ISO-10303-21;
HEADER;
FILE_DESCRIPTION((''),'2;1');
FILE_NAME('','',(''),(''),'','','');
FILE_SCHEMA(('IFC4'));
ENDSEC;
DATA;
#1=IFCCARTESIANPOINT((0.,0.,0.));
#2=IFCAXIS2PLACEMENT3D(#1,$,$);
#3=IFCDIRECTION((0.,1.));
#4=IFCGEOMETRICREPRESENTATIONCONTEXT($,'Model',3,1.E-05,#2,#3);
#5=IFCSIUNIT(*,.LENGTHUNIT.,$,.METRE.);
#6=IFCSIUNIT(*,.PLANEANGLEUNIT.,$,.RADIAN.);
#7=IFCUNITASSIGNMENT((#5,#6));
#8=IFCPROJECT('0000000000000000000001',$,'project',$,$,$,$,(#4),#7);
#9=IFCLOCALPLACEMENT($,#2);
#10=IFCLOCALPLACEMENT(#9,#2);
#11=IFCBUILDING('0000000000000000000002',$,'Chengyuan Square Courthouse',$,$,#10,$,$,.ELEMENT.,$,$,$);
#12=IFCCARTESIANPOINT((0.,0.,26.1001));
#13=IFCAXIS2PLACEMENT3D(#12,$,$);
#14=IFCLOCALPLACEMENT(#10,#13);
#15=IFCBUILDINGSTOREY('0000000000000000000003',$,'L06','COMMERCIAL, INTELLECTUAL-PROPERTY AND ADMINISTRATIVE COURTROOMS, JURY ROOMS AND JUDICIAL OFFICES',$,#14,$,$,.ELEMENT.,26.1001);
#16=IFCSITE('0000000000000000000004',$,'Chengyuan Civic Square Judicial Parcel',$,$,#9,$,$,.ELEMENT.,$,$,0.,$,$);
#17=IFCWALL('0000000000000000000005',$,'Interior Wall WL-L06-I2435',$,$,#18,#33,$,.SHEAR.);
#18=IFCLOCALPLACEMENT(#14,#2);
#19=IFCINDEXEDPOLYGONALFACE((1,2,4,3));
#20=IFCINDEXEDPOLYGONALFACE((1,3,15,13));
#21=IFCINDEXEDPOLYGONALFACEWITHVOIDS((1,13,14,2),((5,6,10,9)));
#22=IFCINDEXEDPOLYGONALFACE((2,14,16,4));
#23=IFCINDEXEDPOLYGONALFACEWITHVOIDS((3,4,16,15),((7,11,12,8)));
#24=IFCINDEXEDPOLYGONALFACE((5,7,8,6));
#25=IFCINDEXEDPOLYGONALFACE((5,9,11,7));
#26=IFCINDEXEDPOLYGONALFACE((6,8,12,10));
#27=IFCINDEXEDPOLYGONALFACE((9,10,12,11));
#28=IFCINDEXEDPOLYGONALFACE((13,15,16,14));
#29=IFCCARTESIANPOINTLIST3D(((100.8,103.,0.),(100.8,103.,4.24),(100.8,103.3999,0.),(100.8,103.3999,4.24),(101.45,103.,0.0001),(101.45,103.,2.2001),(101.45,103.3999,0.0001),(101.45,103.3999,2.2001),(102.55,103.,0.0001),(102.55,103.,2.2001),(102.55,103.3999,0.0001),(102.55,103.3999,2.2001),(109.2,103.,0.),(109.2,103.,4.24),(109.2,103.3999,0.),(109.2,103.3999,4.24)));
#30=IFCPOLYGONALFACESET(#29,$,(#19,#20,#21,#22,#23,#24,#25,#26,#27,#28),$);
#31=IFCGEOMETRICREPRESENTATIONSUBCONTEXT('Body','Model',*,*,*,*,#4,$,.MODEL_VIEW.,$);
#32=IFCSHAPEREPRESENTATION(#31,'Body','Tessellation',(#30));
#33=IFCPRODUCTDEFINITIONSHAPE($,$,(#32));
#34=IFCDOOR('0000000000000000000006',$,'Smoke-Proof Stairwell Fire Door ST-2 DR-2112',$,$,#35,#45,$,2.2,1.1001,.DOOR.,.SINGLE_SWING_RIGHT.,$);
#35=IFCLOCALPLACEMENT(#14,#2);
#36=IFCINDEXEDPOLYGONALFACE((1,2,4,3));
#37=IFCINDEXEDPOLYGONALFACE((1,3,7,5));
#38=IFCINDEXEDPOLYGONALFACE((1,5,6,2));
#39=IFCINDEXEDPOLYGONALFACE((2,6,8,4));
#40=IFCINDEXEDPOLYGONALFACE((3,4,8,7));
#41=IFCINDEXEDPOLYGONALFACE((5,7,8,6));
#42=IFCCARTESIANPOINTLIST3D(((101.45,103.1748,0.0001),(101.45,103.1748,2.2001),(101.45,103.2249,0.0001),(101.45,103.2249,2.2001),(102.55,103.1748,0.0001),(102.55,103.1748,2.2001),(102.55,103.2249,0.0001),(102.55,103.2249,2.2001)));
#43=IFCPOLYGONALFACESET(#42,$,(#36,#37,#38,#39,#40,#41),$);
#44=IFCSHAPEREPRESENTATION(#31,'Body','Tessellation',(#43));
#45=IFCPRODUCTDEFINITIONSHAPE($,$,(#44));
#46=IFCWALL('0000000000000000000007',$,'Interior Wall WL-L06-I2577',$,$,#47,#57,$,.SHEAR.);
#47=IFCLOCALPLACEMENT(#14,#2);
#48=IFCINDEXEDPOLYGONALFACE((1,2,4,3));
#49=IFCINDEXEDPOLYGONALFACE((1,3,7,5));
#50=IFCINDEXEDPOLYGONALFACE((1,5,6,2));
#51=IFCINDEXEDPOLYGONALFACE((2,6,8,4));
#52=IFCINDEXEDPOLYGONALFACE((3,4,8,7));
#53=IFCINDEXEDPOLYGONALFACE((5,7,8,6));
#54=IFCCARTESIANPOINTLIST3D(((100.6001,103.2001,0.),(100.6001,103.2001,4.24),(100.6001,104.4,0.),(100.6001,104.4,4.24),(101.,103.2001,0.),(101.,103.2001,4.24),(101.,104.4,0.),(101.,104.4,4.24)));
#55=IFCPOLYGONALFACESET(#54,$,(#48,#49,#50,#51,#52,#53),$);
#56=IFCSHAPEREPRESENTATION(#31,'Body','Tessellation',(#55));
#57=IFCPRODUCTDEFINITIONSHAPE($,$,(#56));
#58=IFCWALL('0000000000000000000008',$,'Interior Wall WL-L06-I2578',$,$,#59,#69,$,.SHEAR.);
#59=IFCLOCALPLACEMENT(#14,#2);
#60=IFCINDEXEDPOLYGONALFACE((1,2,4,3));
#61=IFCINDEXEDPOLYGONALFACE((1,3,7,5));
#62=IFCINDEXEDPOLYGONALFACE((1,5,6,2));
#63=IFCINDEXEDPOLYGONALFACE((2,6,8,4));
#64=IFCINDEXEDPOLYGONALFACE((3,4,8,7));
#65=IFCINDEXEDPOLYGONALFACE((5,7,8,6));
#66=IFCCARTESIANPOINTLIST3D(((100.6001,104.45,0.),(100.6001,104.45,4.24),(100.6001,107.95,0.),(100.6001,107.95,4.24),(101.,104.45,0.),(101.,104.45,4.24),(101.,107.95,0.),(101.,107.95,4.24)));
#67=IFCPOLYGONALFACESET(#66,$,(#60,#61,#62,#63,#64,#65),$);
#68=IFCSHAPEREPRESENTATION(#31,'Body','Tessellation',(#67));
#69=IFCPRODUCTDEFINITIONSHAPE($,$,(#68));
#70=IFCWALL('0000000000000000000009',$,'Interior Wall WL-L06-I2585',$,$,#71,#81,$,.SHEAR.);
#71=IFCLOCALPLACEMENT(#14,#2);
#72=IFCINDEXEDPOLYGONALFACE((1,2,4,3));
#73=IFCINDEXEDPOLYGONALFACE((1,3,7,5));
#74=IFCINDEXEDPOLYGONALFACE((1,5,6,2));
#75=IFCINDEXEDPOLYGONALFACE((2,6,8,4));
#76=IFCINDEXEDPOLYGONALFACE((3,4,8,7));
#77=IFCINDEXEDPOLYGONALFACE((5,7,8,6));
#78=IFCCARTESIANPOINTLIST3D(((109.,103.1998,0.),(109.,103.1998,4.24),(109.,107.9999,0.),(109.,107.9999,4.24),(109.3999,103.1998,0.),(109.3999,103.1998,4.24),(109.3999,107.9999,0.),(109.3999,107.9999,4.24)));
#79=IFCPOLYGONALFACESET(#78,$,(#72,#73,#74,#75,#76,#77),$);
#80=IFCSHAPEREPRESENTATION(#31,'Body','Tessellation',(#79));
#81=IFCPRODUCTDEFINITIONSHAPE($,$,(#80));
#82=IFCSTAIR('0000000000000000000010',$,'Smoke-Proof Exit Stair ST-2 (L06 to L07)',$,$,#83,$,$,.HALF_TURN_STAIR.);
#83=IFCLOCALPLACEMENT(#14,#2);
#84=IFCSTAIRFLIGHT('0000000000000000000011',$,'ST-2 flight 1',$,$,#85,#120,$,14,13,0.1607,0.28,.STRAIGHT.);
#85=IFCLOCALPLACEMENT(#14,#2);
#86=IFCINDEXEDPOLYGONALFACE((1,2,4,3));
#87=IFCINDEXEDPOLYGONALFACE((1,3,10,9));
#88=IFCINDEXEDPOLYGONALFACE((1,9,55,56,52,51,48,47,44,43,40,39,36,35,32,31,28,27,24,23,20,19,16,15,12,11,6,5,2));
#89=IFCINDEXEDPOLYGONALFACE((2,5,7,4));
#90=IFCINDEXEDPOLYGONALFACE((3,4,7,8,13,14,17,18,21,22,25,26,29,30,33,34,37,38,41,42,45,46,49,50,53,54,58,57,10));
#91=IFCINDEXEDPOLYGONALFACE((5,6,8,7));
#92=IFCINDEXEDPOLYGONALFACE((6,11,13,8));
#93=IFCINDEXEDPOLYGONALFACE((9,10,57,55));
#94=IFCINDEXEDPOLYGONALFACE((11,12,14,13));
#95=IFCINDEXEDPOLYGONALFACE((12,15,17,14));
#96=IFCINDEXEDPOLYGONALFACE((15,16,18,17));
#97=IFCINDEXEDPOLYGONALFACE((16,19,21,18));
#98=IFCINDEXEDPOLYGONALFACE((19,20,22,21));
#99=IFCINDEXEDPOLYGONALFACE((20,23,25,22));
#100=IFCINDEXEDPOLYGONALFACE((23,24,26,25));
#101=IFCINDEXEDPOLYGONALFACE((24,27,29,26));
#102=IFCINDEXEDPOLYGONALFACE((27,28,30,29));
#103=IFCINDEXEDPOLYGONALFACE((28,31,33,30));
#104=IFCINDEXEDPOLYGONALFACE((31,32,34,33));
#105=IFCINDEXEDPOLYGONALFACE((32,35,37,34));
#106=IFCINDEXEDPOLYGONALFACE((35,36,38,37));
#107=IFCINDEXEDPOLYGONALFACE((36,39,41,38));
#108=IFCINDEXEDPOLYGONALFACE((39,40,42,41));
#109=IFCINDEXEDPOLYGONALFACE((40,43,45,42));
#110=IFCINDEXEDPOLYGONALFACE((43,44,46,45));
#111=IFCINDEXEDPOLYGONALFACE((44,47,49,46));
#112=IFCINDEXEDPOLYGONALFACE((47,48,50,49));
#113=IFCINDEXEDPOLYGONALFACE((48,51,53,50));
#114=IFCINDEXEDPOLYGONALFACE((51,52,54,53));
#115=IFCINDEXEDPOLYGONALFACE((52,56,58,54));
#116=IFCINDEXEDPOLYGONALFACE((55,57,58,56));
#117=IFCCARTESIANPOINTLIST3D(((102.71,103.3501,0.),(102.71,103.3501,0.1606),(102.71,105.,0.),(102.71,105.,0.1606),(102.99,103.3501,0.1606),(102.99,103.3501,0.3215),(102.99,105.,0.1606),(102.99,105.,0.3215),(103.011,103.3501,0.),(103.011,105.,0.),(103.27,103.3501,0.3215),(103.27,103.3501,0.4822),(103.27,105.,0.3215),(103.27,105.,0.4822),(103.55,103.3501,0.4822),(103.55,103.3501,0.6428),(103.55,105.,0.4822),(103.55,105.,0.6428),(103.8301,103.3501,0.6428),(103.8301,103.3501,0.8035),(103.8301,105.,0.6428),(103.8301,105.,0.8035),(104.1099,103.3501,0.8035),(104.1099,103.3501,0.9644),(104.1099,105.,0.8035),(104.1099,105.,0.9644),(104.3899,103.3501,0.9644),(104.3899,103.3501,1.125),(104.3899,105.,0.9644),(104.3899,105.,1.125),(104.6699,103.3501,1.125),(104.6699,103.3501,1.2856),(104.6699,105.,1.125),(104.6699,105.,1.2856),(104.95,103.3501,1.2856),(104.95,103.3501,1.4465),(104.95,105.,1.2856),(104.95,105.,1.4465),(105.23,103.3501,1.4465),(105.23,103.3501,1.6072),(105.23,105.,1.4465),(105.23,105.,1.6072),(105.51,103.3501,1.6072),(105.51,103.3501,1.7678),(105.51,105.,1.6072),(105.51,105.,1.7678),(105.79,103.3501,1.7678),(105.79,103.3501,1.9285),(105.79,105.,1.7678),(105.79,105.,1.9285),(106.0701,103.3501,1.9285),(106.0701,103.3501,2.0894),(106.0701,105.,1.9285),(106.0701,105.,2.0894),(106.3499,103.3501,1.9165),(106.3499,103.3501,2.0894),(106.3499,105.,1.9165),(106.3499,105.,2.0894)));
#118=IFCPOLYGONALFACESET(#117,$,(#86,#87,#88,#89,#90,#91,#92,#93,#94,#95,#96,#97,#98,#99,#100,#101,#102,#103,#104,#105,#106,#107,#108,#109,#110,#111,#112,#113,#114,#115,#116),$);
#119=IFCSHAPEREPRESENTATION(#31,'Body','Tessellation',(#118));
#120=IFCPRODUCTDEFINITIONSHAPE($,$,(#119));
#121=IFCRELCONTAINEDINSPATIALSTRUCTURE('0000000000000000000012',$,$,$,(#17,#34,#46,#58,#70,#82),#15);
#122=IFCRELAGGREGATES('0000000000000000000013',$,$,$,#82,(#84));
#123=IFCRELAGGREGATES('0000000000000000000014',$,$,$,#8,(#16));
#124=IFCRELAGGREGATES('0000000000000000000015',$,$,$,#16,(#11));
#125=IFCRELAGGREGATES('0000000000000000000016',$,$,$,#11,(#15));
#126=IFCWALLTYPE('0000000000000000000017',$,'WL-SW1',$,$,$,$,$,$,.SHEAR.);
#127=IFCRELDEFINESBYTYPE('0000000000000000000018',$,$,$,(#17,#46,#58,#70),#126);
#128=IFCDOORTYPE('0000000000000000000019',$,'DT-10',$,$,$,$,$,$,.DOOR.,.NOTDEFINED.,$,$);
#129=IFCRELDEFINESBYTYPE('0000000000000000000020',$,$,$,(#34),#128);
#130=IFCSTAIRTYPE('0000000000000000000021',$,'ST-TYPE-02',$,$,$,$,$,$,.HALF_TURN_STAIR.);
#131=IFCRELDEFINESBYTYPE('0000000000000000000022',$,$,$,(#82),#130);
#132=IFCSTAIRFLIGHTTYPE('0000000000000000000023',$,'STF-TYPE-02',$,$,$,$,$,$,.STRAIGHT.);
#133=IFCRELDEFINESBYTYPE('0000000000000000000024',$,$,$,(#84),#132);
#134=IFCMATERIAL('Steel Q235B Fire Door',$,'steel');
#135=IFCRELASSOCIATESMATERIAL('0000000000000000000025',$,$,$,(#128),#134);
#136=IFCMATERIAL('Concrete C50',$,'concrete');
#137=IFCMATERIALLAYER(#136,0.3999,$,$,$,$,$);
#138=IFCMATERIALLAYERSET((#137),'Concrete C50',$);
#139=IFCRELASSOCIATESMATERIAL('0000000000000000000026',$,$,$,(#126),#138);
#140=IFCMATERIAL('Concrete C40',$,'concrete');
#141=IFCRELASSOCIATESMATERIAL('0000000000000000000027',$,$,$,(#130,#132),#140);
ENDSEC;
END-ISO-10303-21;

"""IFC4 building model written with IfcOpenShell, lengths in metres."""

from ifc_helpers import new_model, si_unit, direction, frame, frame_2d, origin, place, context, subcontext, project, spatial, polyline, rectangle, outline, extrude, material, layer, layer_set, type_object, element, fill, aggregate, save


model = new_model("IFC4")

# Units and contexts
model_context = context("Model", 3, precision=1e-05, world=origin(), true_north=direction((0.0, 1.0)))
body_context = subcontext(model_context, "Body", "Model", "MODEL_VIEW")
ifc_project = project(units=[si_unit("LENGTHUNIT", "METRE"), si_unit("PLANEANGLEUNIT", "RADIAN")], contexts=[model_context])

# Site, building, storey
site_placement = place(None, origin())
site = spatial("IfcSite", under=ifc_project, at=site_placement, Name="Chengyuan Civic Square Judicial Parcel", CompositionType="ELEMENT", RefElevation=0.0)
building_placement = place(site_placement, origin())
building = spatial("IfcBuilding", under=site, at=building_placement, Name="Chengyuan Square Courthouse", CompositionType="ELEMENT")
storey_placement = place(building_placement, frame((0.0, 0.0, 26.1001)))
storey = spatial("IfcBuildingStorey", under=building, at=storey_placement, Name="L06", Description="COMMERCIAL, INTELLECTUAL-PROPERTY AND ADMINISTRATIVE COURTROOMS, JURY ROOMS AND JUDICIAL OFFICES", CompositionType="ELEMENT", Elevation=26.1001)

# Shared definitions
ifc_material_1 = material(Name="Concrete C50", Category="concrete")

# Shared definitions
ifc_material_2 = material(Name="Concrete C40", Category="concrete")

# Shared definitions
ifc_material_3 = material(Name="Steel Q235B Fire Door", Category="steel")
door_type_1 = type_object("IfcDoorType", Name="DT-10", OperationType="NOTDEFINED", PredefinedType="DOOR", material=ifc_material_3)

# Wall, opening, door
ifc_layer_1 = layer(ifc_material_1, 0.3999)
ifc_layer_set_1 = layer_set([ifc_layer_1], Name="Concrete C50")
wall_type_1 = type_object("IfcWallType", Name="WL-SW1", PredefinedType="SHEAR", material=ifc_layer_set_1)
wall_1_placement = place(storey_placement, frame((100.8, 103.2, 0.0), z_axis=(0.0, 0.0, 1.0), x_axis=(1.0, 0.0, 0.0)))
wall_1 = element("IfcWall", 1, at=wall_1_placement, inside=storey, type_object=wall_type_1, Name="Interior Wall WL-L06-I2435", PredefinedType="SHEAR", context=body_context, shape_type="SweptSolid", body=[
    extrude(rectangle(XDim=8.3999, YDim=0.3999, at=frame_2d((4.2, 0.0))), origin(), (0.0, 0.0, 1.0), 4.24),
])
opening_1_placement = place(wall_1_placement, frame((0.6499, 0.0, 0.0)))
opening_1 = element("IfcOpeningElement", 2, at=opening_1_placement, cuts=wall_1, PredefinedType="OPENING", context=body_context, shape_type="SweptSolid", body=[
    extrude(rectangle(XDim=1.1001, YDim=2.2, at=frame_2d((0.55, 1.1001))), frame((0.0, 0.2119, 0.0), z_axis=(0.0, -1.0, 0.0), x_axis=(1.0, 0.0, 0.0)), (0.0, 0.0, 1.0), 0.4238),
])
door_1_placement = place(opening_1_placement, origin())
door_1 = element("IfcDoor", 3, at=door_1_placement, inside=storey, type_object=door_type_1, Name="Smoke-Proof Stairwell Fire Door ST-2 DR-2112", OperationType="SINGLE_SWING_RIGHT", OverallHeight=2.2, OverallWidth=1.1001, PredefinedType="DOOR", context=body_context, shape_type="SweptSolid", body=[
    extrude(rectangle(XDim=1.1001, YDim=2.2, at=frame_2d((0.55, 1.1001))), frame((0.0, 0.0249, 0.0), z_axis=(0.0, -1.0, 0.0), x_axis=(1.0, 0.0, 0.0)), (0.0, 0.0, 1.0), 0.05),
])
fill(opening_1, door_1)

# Walls
wall_2_placement = place(storey_placement, frame((100.8, 103.2, 0.0), z_axis=(0.0, 0.0, 1.0), x_axis=(0.0, 1.0, 0.0)))
element("IfcWall", 4, at=wall_2_placement, inside=storey, type_object=wall_type_1, Name="Interior Wall WL-L06-I2577", PredefinedType="SHEAR", context=body_context, shape_type="SweptSolid", body=[
    extrude(rectangle(XDim=1.2, YDim=0.3999, at=frame_2d((0.6001, 0.0))), origin(), (0.0, 0.0, 1.0), 4.24),
])
wall_3_placement = place(storey_placement, frame((100.8, 104.45, 0.0), z_axis=(0.0, 0.0, 1.0), x_axis=(0.0, 1.0, 0.0)))
element("IfcWall", 5, at=wall_3_placement, inside=storey, type_object=wall_type_1, Name="Interior Wall WL-L06-I2578", PredefinedType="SHEAR", context=body_context, shape_type="SweptSolid", body=[
    extrude(rectangle(XDim=3.5, YDim=0.3999, at=frame_2d((1.75, 0.0))), origin(), (0.0, 0.0, 1.0), 4.24),
])
wall_4_placement = place(storey_placement, frame((109.2, 103.2, 0.0), z_axis=(0.0, 0.0, 1.0), x_axis=(0.0, 1.0, 0.0)))
element("IfcWall", 6, at=wall_4_placement, inside=storey, type_object=wall_type_1, Name="Interior Wall WL-L06-I2585", PredefinedType="SHEAR", context=body_context, shape_type="SweptSolid", body=[
    extrude(rectangle(XDim=4.8, YDim=0.3999, at=frame_2d((2.3999, 0.0))), origin(), (0.0, 0.0, 1.0), 4.24),
])

# Stair, stair flight
stair_type = type_object("IfcStairType", Name="ST-TYPE-02", PredefinedType="HALF_TURN_STAIR", material=ifc_material_2)
stair_placement = place(storey_placement, origin())
stair = element("IfcStair", 7, at=stair_placement, inside=storey, type_object=stair_type, Name="Smoke-Proof Exit Stair ST-2 (L06 to L07)", PredefinedType="HALF_TURN_STAIR")
stair_flight_type = type_object("IfcStairFlightType", Name="STF-TYPE-02", PredefinedType="STRAIGHT", material=ifc_material_2)
stair_flight_placement = place(storey_placement, frame((102.71, 104.175, 0.0), z_axis=(0.0, 0.0, 1.0), x_axis=(1.0, 0.0, 0.0)))
stair_flight = element("IfcStairFlight", 8, at=stair_flight_placement, type_object=stair_flight_type, Name="ST-2 flight 1", NumberOfRisers=14, NumberOfTreads=13, PredefinedType="STRAIGHT", RiserHeight=0.1607, TreadLength=0.28, context=body_context, shape_type="SweptSolid", body=[
    extrude(outline(polyline([(0.0, 0.0), (0.0, 0.1606), (0.28, 0.1606), (0.28, 0.3215), (0.5601, 0.3215), (0.5601, 0.4822), (0.8401, 0.4822), (0.8401, 0.6428), (1.1201, 0.6428), (1.1201, 0.8035), (1.3999, 0.8035), (1.3999, 0.9644), (1.6799, 0.9644), (1.6799, 1.125), (1.96, 1.125), (1.96, 1.2856), (2.24, 1.2856), (2.24, 1.4465), (2.52, 1.4465), (2.52, 1.6072), (2.8, 1.6072), (2.8, 1.7678), (3.0801, 1.7678), (3.0801, 1.9285), (3.3601, 1.9285), (3.3601, 2.0894), (3.6399, 2.0894), (3.6399, 2.25), (3.6399, 1.9165), (0.301, 0.0), (0.0, 0.0)])), frame((0.0, 0.825, 0.0), z_axis=(0.0, -1.0, 0.0), x_axis=(1.0, 0.0, 0.0)), (0.0, 0.0, 1.0), 1.6499),
])
aggregate(stair, [stair_flight])

save(model, "model.ifc")
